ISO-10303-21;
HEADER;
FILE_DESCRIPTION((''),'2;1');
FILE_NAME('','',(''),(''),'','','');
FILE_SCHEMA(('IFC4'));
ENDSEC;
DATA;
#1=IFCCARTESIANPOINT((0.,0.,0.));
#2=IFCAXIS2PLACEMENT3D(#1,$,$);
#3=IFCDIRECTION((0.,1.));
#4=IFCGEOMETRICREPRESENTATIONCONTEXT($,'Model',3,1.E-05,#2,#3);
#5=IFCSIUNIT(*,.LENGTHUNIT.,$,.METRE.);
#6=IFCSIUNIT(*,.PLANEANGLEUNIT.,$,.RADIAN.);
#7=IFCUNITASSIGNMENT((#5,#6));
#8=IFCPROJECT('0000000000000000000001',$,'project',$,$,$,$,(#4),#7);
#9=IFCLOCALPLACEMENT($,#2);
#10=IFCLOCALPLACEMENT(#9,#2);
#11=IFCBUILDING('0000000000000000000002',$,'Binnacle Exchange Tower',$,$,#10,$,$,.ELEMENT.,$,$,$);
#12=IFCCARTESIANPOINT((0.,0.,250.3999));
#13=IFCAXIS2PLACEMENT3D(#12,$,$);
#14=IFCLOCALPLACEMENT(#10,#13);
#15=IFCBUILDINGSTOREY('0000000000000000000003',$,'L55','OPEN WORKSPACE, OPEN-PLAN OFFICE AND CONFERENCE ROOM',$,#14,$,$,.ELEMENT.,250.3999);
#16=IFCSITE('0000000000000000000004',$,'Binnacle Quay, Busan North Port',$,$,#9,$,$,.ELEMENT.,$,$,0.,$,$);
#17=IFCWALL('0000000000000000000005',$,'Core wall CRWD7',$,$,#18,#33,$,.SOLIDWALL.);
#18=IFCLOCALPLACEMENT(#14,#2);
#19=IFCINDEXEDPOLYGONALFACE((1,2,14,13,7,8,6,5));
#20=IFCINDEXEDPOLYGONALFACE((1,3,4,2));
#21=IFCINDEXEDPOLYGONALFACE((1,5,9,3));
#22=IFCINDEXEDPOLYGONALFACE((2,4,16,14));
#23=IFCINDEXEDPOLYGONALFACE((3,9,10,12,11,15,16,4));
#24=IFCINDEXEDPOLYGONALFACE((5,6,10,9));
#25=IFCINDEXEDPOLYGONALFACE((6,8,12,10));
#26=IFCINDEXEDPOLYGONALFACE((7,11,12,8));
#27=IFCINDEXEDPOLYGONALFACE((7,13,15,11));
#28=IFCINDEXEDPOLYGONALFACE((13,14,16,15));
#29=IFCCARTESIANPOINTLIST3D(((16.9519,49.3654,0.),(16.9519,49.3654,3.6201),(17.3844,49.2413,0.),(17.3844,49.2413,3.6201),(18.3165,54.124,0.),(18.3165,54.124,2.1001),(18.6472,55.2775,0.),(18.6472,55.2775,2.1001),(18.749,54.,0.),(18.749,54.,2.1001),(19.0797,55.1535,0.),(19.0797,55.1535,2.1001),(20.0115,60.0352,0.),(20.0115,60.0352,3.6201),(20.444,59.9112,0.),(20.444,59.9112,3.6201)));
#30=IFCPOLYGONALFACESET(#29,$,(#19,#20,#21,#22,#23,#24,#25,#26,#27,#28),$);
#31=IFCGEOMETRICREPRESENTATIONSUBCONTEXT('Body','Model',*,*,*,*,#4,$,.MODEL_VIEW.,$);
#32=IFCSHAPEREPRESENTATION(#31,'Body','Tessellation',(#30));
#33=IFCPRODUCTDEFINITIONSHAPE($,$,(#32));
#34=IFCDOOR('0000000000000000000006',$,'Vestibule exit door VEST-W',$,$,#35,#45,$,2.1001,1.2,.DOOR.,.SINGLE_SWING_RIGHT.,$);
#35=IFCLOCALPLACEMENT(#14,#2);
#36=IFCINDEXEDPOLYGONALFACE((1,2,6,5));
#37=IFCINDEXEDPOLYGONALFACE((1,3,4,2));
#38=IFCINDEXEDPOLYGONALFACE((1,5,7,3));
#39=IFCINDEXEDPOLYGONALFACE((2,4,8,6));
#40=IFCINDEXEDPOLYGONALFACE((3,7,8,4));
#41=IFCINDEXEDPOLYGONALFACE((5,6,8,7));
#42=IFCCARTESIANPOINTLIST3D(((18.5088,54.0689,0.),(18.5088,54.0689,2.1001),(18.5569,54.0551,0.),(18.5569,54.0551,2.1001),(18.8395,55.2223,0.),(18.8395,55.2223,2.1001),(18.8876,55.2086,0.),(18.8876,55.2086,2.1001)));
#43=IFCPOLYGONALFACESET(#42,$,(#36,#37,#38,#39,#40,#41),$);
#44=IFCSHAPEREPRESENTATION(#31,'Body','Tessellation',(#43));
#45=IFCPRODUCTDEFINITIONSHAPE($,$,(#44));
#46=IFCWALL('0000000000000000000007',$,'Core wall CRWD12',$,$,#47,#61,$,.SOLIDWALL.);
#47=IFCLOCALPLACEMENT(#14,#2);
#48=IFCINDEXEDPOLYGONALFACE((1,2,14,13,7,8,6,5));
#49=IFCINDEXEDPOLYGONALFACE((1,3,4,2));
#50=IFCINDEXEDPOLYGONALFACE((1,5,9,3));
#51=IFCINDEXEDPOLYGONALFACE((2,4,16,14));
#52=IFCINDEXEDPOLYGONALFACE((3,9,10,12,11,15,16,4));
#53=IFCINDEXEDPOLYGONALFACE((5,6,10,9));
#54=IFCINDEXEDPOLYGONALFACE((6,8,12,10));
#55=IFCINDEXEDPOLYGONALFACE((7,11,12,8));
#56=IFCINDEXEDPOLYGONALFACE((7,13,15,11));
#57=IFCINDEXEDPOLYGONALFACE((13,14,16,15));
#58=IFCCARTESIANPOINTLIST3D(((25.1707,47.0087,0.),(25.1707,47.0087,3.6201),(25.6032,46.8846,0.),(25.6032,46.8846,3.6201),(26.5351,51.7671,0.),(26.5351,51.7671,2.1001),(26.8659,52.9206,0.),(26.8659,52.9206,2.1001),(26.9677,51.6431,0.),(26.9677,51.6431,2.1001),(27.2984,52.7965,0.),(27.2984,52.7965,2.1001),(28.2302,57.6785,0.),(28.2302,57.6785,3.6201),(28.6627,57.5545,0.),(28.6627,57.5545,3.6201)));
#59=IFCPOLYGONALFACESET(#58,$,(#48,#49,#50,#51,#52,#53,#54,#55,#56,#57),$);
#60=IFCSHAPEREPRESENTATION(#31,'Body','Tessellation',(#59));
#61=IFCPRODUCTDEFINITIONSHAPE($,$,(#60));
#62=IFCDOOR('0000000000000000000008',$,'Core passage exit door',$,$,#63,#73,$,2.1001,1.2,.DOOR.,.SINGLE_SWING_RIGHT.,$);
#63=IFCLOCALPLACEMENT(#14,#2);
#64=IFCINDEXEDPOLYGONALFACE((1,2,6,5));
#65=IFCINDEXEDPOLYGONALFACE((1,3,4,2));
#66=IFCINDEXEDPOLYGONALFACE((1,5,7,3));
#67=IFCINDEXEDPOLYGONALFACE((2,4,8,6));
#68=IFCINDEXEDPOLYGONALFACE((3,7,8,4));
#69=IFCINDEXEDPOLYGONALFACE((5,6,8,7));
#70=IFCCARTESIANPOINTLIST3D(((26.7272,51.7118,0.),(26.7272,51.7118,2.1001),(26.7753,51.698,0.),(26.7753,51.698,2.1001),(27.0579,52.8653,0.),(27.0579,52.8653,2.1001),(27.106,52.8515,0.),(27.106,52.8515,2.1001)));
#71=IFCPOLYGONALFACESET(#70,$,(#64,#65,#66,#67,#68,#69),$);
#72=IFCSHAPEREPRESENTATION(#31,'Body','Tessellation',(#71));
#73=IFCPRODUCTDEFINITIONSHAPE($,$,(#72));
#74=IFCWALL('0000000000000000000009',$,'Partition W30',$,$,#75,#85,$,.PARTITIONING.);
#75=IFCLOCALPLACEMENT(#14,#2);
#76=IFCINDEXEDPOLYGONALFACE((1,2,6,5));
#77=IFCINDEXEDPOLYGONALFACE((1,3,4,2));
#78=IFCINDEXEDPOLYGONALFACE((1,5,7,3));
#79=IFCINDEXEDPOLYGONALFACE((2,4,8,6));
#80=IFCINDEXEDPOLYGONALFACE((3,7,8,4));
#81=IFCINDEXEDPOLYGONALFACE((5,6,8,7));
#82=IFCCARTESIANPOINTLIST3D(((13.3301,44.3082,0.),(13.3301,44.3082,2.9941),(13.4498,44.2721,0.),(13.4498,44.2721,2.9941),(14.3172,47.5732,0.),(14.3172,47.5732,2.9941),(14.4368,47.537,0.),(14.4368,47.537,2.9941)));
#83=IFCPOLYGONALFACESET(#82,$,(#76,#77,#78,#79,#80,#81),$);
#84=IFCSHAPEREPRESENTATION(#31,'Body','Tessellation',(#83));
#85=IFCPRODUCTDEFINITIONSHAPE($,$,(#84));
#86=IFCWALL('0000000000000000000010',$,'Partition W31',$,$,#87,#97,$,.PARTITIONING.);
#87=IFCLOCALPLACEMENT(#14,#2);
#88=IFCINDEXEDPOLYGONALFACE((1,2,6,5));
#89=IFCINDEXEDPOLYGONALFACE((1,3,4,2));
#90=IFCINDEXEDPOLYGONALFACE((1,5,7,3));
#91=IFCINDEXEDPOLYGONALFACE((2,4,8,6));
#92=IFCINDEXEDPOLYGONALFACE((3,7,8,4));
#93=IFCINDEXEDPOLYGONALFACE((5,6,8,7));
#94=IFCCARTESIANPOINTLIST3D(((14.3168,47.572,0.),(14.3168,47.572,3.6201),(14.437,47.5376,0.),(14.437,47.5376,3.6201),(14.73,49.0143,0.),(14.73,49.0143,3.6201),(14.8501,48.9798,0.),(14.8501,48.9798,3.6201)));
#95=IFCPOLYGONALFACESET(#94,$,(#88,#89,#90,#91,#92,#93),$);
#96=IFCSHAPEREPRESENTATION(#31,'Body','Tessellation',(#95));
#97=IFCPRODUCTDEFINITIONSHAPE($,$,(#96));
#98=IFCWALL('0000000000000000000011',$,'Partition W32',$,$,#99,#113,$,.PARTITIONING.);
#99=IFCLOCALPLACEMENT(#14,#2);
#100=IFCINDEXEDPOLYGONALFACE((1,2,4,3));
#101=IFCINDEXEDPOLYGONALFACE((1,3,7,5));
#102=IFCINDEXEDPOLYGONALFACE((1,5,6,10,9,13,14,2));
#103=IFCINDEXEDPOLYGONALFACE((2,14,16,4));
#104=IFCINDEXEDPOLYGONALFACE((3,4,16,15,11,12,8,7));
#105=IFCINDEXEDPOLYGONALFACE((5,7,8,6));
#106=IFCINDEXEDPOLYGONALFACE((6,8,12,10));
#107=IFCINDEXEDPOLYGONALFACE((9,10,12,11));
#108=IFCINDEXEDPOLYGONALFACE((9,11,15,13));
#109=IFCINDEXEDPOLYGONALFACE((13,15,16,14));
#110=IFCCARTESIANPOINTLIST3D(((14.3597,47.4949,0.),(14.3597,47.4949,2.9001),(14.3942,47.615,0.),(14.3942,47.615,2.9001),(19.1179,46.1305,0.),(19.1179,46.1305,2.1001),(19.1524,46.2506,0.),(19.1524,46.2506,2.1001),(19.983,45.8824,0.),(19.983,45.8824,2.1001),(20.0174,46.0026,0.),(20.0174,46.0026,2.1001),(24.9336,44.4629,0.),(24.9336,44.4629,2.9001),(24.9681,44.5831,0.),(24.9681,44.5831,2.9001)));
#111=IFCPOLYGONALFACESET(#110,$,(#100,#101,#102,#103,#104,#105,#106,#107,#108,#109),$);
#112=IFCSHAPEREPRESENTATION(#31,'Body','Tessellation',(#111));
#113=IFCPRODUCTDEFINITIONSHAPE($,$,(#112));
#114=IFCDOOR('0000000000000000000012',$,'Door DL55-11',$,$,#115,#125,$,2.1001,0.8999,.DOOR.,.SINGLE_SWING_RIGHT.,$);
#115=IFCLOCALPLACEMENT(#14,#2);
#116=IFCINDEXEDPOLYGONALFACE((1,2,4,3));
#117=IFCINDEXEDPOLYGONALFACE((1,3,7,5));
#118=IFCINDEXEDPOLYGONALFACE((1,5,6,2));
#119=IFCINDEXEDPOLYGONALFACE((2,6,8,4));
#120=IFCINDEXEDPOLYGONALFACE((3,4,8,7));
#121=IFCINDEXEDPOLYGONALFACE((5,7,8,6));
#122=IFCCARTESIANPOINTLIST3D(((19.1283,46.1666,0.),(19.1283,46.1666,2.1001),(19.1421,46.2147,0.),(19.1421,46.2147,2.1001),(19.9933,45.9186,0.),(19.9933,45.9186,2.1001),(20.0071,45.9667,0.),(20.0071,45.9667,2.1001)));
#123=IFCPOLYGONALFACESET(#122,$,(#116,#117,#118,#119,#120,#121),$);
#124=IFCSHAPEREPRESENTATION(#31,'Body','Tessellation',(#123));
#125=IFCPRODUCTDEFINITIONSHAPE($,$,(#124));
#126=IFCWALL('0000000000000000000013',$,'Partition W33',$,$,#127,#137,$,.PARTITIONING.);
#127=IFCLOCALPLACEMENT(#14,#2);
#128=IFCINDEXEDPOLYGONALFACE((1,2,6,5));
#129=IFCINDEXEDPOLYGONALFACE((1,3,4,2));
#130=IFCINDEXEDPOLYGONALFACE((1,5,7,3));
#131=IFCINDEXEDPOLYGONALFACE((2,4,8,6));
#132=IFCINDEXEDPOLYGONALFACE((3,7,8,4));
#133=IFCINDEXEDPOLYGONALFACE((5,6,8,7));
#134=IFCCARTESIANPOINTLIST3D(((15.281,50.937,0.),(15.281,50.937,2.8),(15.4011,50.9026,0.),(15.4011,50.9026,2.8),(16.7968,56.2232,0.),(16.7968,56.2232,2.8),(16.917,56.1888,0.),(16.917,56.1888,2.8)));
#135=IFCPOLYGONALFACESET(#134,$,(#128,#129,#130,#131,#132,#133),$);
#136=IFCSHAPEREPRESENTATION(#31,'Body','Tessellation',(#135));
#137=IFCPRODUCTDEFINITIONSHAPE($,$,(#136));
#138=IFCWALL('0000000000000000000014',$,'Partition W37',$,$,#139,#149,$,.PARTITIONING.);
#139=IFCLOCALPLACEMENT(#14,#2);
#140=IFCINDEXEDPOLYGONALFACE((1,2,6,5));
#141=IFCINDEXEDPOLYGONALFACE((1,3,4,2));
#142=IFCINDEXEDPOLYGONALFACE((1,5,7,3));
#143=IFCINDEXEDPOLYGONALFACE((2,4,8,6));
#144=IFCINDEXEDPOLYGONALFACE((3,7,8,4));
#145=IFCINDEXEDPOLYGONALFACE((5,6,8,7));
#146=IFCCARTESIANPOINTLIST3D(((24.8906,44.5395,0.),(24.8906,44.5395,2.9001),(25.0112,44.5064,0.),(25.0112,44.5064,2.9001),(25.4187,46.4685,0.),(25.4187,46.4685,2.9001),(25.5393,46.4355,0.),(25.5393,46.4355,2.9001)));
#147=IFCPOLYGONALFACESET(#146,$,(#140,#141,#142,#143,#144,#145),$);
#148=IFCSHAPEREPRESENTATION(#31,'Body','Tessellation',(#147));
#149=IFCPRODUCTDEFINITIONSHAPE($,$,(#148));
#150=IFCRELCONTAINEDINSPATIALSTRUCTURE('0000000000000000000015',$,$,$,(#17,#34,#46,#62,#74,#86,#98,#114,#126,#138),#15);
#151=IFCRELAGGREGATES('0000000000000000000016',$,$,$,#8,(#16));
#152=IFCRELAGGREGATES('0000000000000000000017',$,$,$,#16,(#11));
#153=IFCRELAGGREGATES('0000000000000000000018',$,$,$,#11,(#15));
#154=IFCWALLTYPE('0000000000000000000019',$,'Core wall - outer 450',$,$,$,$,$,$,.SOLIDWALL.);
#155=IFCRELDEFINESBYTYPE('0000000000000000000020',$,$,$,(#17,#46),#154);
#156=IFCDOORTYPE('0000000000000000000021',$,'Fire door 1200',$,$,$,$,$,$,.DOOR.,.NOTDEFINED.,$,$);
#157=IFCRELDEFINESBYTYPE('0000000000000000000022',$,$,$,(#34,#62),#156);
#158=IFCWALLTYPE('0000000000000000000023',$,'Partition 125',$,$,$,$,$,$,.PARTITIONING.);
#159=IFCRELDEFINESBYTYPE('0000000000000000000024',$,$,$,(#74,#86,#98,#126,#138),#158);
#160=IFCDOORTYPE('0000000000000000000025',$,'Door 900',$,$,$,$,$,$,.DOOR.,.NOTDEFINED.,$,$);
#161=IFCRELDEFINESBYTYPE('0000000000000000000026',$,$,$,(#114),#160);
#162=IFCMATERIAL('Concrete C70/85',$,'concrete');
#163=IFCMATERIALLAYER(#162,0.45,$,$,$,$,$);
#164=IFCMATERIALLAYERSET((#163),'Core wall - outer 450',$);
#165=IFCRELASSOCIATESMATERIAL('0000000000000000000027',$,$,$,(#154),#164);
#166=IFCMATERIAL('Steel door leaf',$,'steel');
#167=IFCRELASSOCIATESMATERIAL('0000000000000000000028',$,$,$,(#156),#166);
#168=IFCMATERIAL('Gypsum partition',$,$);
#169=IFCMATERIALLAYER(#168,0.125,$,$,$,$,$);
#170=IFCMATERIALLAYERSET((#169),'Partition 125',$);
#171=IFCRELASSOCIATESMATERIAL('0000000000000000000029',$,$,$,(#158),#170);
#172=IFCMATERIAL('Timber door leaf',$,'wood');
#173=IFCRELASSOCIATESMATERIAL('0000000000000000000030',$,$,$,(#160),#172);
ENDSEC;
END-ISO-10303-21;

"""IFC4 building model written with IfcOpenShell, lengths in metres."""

from ifc_helpers import new_model, si_unit, direction, frame, frame_2d, origin, place, context, subcontext, project, spatial, rectangle, extrude, material, layer, layer_set, type_object, element, fill, save


model = new_model("IFC4")

# Units and contexts
model_context = context("Model", 3, precision=1e-05, world=origin(), true_north=direction((0.0, 1.0)))
body_context = subcontext(model_context, "Body", "Model", "MODEL_VIEW")
ifc_project = project(units=[si_unit("LENGTHUNIT", "METRE"), si_unit("PLANEANGLEUNIT", "RADIAN")], contexts=[model_context])

# Site, building, storey
site_placement = place(None, origin())
site = spatial("IfcSite", under=ifc_project, at=site_placement, Name="Binnacle Quay, Busan North Port", CompositionType="ELEMENT", RefElevation=0.0)
building_placement = place(site_placement, origin())
building = spatial("IfcBuilding", under=site, at=building_placement, Name="Binnacle Exchange Tower", CompositionType="ELEMENT")
storey_placement = place(building_placement, frame((0.0, 0.0, 250.3999)))
storey = spatial("IfcBuildingStorey", under=building, at=storey_placement, Name="L55", Description="OPEN WORKSPACE, OPEN-PLAN OFFICE AND CONFERENCE ROOM", CompositionType="ELEMENT", Elevation=250.3999)

# Shared definitions
ifc_material_1 = material(Name="Concrete C70/85", Category="concrete")
ifc_layer_1 = layer(ifc_material_1, 0.45)
ifc_layer_set_1 = layer_set([ifc_layer_1], Name="Core wall - outer 450")
wall_type_1 = type_object("IfcWallType", Name="Core wall - outer 450", PredefinedType="SOLIDWALL", material=ifc_layer_set_1)

# Walls, openings, doors
wall_1_placement = place(storey_placement, frame((17.1682, 49.3035, 0.0), z_axis=(0.0, 0.0, 1.0), x_axis=(0.275639, 0.961261, 0.0)))
wall_1 = element("IfcWall", 1, at=wall_1_placement, inside=storey, type_object=wall_type_1, Name="Core wall CRWD7", PredefinedType="SOLIDWALL", context=body_context, shape_type="SweptSolid", body=[
    extrude(rectangle(XDim=11.0999, YDim=0.45, at=frame_2d((5.5498, 0.0))), origin(), (0.0, 0.0, 1.0), 3.6201),
])
opening_1_placement = place(wall_1_placement, frame((4.9502, 0.0, 0.0)))
opening_1 = element("IfcOpeningElement", 2, at=opening_1_placement, cuts=wall_1, PredefinedType="OPENING", context=body_context, shape_type="SweptSolid", body=[
    extrude(rectangle(XDim=1.2, YDim=2.1001, at=frame_2d((0.6001, 1.05))), frame((0.0, 0.2349, 0.0), z_axis=(0.0, -1.0, 0.0), x_axis=(1.0, 0.0, 0.0)), (0.0, 0.0, 1.0), 0.47),
])
ifc_material_2 = material(Name="Steel door leaf", Category="steel")
door_type_1 = type_object("IfcDoorType", Name="Fire door 1200", OperationType="NOTDEFINED", PredefinedType="DOOR", material=ifc_material_2)
door_1_placement = place(opening_1_placement, origin())
door_1 = element("IfcDoor", 3, at=door_1_placement, inside=storey, type_object=door_type_1, Name="Vestibule exit door VEST-W", OperationType="SINGLE_SWING_RIGHT", OverallHeight=2.1001, OverallWidth=1.2, PredefinedType="DOOR", context=body_context, shape_type="SweptSolid", body=[
    extrude(rectangle(XDim=1.2, YDim=2.1001, at=frame_2d((0.6001, 1.05))), frame((0.0, 0.0249, 0.0), z_axis=(0.0, -1.0, 0.0), x_axis=(1.0, 0.0, 0.0)), (0.0, 0.0, 1.0), 0.05),
])
fill(opening_1, door_1)
wall_2_placement = place(storey_placement, frame((25.387, 46.9468, 0.0), z_axis=(0.0, 0.0, 1.0), x_axis=(0.275639, 0.961261, 0.0)))
wall_2 = element("IfcWall", 4, at=wall_2_placement, inside=storey, type_object=wall_type_1, Name="Core wall CRWD12", PredefinedType="SOLIDWALL", context=body_context, shape_type="SweptSolid", body=[
    extrude(rectangle(XDim=11.0999, YDim=0.45, at=frame_2d((5.5498, 0.0))), origin(), (0.0, 0.0, 1.0), 3.6201),
])
opening_2_placement = place(wall_2_placement, frame((4.95, 0.0, 0.0)))
opening_2 = element("IfcOpeningElement", 5, at=opening_2_placement, cuts=wall_2, PredefinedType="OPENING", context=body_context, shape_type="SweptSolid", body=[
    extrude(rectangle(XDim=1.2, YDim=2.1001, at=frame_2d((0.6001, 1.05))), frame((0.0, 0.2349, 0.0), z_axis=(0.0, -1.0, 0.0), x_axis=(1.0, 0.0, 0.0)), (0.0, 0.0, 1.0), 0.47),
])
door_2_placement = place(opening_2_placement, frame((1.2, 0.0, 0.0), z_axis=(0.0, 0.0, 1.0), x_axis=(-1.0, 0.0, 0.0)))
door_2 = element("IfcDoor", 6, at=door_2_placement, inside=storey, type_object=door_type_1, Name="Core passage exit door", OperationType="SINGLE_SWING_RIGHT", OverallHeight=2.1001, OverallWidth=1.2, PredefinedType="DOOR", context=body_context, shape_type="SweptSolid", body=[
    extrude(rectangle(XDim=1.2, YDim=2.1001, at=frame_2d((0.6001, 1.05))), frame((0.0, 0.0249, 0.0), z_axis=(0.0, -1.0, 0.0), x_axis=(1.0, 0.0, 0.0)), (0.0, 0.0, 1.0), 0.05),
])
fill(opening_2, door_2)

# Walls
ifc_material_3 = material(Name="Gypsum partition")
ifc_layer_2 = layer(ifc_material_3, 0.125)
ifc_layer_set_2 = layer_set([ifc_layer_2], Name="Partition 125")
wall_type_2 = type_object("IfcWallType", Name="Partition 125", PredefinedType="PARTITIONING", material=ifc_layer_set_2)
wall_3_placement = place(storey_placement, frame((13.3899, 44.29, 0.0), z_axis=(0.0, 0.0, 1.0), x_axis=(0.28939, 0.957211, 0.0)))
element("IfcWall", 7, at=wall_3_placement, inside=storey, type_object=wall_type_2, Name="Partition W30", PredefinedType="PARTITIONING", context=body_context, shape_type="SweptSolid", body=[
    extrude(rectangle(XDim=3.4109, YDim=0.125, at=frame_2d((1.7056, 0.0))), origin(), (0.0, 0.0, 1.0), 2.9941),
])
wall_4_placement = place(storey_placement, frame((14.377, 47.5549, 0.0), z_axis=(0.0, 0.0, 1.0), x_axis=(0.275366, 0.961339, 0.0)))
element("IfcWall", 8, at=wall_4_placement, inside=storey, type_object=wall_type_2, Name="Partition W31", PredefinedType="PARTITIONING", context=body_context, shape_type="SweptSolid", body=[
    extrude(rectangle(XDim=1.5002, YDim=0.125, at=frame_2d((0.75, 0.0))), origin(), (0.0, 0.0, 1.0), 3.6201),
])

# Wall, opening, door
wall_5_placement = place(storey_placement, frame((14.377, 47.5549, 0.0), z_axis=(0.0, 0.0, 1.0), x_axis=(0.961263, -0.275633, 0.0)))
wall_5 = element("IfcWall", 9, at=wall_5_placement, inside=storey, type_object=wall_type_2, Name="Partition W32", PredefinedType="PARTITIONING", context=body_context, shape_type="SweptSolid", body=[
    extrude(rectangle(XDim=11.0, YDim=0.125, at=frame_2d((5.5, 0.0))), origin(), (0.0, 0.0, 1.0), 2.9001),
])
opening_3_placement = place(wall_5_placement, frame((4.95, 0.0, 0.0)))
opening_3 = element("IfcOpeningElement", 10, at=opening_3_placement, cuts=wall_5, PredefinedType="OPENING", context=body_context, shape_type="SweptSolid", body=[
    extrude(rectangle(XDim=0.8999, YDim=2.1001, at=frame_2d((0.45, 1.05))), frame((0.0, 0.0725, 0.0), z_axis=(0.0, -1.0, 0.0), x_axis=(1.0, 0.0, 0.0)), (0.0, 0.0, 1.0), 0.145),
])
ifc_material_4 = material(Name="Timber door leaf", Category="wood")
door_type_2 = type_object("IfcDoorType", Name="Door 900", OperationType="NOTDEFINED", PredefinedType="DOOR", material=ifc_material_4)
door_3_placement = place(opening_3_placement, frame((0.8999, 0.0, 0.0), z_axis=(0.0, 0.0, 1.0), x_axis=(-1.0, 0.0, 0.0)))
door_3 = element("IfcDoor", 11, at=door_3_placement, inside=storey, type_object=door_type_2, Name="Door DL55-11", OperationType="SINGLE_SWING_RIGHT", OverallHeight=2.1001, OverallWidth=0.8999, PredefinedType="DOOR", context=body_context, shape_type="SweptSolid", body=[
    extrude(rectangle(XDim=0.8999, YDim=2.1001, at=frame_2d((0.45, 1.05))), frame((0.0, 0.0249, 0.0), z_axis=(0.0, -1.0, 0.0), x_axis=(1.0, 0.0, 0.0)), (0.0, 0.0, 1.0), 0.05),
])
fill(opening_3, door_3)

# Walls
wall_6_placement = place(storey_placement, frame((15.3411, 50.9199, 0.0), z_axis=(0.0, 0.0, 1.0), x_axis=(0.275653, 0.961257, 0.0)))
element("IfcWall", 12, at=wall_6_placement, inside=storey, type_object=wall_type_2, Name="Partition W33", PredefinedType="PARTITIONING", context=body_context, shape_type="SweptSolid", body=[
    extrude(rectangle(XDim=5.4993, YDim=0.125, at=frame_2d((2.7495, 0.0))), origin(), (0.0, 0.0, 1.0), 2.8),
])
wall_7_placement = place(storey_placement, frame((24.9509, 44.5229, 0.0), z_axis=(0.0, 0.0, 1.0), x_axis=(0.264047, 0.96451, 0.0)))
element("IfcWall", 13, at=wall_7_placement, inside=storey, type_object=wall_type_2, Name="Partition W37", PredefinedType="PARTITIONING", context=body_context, shape_type="SweptSolid", body=[
    extrude(rectangle(XDim=2.0, YDim=0.125, at=frame_2d((1.0, 0.0))), origin(), (0.0, 0.0, 1.0), 2.9001),
])

save(model, "model.ifc")
